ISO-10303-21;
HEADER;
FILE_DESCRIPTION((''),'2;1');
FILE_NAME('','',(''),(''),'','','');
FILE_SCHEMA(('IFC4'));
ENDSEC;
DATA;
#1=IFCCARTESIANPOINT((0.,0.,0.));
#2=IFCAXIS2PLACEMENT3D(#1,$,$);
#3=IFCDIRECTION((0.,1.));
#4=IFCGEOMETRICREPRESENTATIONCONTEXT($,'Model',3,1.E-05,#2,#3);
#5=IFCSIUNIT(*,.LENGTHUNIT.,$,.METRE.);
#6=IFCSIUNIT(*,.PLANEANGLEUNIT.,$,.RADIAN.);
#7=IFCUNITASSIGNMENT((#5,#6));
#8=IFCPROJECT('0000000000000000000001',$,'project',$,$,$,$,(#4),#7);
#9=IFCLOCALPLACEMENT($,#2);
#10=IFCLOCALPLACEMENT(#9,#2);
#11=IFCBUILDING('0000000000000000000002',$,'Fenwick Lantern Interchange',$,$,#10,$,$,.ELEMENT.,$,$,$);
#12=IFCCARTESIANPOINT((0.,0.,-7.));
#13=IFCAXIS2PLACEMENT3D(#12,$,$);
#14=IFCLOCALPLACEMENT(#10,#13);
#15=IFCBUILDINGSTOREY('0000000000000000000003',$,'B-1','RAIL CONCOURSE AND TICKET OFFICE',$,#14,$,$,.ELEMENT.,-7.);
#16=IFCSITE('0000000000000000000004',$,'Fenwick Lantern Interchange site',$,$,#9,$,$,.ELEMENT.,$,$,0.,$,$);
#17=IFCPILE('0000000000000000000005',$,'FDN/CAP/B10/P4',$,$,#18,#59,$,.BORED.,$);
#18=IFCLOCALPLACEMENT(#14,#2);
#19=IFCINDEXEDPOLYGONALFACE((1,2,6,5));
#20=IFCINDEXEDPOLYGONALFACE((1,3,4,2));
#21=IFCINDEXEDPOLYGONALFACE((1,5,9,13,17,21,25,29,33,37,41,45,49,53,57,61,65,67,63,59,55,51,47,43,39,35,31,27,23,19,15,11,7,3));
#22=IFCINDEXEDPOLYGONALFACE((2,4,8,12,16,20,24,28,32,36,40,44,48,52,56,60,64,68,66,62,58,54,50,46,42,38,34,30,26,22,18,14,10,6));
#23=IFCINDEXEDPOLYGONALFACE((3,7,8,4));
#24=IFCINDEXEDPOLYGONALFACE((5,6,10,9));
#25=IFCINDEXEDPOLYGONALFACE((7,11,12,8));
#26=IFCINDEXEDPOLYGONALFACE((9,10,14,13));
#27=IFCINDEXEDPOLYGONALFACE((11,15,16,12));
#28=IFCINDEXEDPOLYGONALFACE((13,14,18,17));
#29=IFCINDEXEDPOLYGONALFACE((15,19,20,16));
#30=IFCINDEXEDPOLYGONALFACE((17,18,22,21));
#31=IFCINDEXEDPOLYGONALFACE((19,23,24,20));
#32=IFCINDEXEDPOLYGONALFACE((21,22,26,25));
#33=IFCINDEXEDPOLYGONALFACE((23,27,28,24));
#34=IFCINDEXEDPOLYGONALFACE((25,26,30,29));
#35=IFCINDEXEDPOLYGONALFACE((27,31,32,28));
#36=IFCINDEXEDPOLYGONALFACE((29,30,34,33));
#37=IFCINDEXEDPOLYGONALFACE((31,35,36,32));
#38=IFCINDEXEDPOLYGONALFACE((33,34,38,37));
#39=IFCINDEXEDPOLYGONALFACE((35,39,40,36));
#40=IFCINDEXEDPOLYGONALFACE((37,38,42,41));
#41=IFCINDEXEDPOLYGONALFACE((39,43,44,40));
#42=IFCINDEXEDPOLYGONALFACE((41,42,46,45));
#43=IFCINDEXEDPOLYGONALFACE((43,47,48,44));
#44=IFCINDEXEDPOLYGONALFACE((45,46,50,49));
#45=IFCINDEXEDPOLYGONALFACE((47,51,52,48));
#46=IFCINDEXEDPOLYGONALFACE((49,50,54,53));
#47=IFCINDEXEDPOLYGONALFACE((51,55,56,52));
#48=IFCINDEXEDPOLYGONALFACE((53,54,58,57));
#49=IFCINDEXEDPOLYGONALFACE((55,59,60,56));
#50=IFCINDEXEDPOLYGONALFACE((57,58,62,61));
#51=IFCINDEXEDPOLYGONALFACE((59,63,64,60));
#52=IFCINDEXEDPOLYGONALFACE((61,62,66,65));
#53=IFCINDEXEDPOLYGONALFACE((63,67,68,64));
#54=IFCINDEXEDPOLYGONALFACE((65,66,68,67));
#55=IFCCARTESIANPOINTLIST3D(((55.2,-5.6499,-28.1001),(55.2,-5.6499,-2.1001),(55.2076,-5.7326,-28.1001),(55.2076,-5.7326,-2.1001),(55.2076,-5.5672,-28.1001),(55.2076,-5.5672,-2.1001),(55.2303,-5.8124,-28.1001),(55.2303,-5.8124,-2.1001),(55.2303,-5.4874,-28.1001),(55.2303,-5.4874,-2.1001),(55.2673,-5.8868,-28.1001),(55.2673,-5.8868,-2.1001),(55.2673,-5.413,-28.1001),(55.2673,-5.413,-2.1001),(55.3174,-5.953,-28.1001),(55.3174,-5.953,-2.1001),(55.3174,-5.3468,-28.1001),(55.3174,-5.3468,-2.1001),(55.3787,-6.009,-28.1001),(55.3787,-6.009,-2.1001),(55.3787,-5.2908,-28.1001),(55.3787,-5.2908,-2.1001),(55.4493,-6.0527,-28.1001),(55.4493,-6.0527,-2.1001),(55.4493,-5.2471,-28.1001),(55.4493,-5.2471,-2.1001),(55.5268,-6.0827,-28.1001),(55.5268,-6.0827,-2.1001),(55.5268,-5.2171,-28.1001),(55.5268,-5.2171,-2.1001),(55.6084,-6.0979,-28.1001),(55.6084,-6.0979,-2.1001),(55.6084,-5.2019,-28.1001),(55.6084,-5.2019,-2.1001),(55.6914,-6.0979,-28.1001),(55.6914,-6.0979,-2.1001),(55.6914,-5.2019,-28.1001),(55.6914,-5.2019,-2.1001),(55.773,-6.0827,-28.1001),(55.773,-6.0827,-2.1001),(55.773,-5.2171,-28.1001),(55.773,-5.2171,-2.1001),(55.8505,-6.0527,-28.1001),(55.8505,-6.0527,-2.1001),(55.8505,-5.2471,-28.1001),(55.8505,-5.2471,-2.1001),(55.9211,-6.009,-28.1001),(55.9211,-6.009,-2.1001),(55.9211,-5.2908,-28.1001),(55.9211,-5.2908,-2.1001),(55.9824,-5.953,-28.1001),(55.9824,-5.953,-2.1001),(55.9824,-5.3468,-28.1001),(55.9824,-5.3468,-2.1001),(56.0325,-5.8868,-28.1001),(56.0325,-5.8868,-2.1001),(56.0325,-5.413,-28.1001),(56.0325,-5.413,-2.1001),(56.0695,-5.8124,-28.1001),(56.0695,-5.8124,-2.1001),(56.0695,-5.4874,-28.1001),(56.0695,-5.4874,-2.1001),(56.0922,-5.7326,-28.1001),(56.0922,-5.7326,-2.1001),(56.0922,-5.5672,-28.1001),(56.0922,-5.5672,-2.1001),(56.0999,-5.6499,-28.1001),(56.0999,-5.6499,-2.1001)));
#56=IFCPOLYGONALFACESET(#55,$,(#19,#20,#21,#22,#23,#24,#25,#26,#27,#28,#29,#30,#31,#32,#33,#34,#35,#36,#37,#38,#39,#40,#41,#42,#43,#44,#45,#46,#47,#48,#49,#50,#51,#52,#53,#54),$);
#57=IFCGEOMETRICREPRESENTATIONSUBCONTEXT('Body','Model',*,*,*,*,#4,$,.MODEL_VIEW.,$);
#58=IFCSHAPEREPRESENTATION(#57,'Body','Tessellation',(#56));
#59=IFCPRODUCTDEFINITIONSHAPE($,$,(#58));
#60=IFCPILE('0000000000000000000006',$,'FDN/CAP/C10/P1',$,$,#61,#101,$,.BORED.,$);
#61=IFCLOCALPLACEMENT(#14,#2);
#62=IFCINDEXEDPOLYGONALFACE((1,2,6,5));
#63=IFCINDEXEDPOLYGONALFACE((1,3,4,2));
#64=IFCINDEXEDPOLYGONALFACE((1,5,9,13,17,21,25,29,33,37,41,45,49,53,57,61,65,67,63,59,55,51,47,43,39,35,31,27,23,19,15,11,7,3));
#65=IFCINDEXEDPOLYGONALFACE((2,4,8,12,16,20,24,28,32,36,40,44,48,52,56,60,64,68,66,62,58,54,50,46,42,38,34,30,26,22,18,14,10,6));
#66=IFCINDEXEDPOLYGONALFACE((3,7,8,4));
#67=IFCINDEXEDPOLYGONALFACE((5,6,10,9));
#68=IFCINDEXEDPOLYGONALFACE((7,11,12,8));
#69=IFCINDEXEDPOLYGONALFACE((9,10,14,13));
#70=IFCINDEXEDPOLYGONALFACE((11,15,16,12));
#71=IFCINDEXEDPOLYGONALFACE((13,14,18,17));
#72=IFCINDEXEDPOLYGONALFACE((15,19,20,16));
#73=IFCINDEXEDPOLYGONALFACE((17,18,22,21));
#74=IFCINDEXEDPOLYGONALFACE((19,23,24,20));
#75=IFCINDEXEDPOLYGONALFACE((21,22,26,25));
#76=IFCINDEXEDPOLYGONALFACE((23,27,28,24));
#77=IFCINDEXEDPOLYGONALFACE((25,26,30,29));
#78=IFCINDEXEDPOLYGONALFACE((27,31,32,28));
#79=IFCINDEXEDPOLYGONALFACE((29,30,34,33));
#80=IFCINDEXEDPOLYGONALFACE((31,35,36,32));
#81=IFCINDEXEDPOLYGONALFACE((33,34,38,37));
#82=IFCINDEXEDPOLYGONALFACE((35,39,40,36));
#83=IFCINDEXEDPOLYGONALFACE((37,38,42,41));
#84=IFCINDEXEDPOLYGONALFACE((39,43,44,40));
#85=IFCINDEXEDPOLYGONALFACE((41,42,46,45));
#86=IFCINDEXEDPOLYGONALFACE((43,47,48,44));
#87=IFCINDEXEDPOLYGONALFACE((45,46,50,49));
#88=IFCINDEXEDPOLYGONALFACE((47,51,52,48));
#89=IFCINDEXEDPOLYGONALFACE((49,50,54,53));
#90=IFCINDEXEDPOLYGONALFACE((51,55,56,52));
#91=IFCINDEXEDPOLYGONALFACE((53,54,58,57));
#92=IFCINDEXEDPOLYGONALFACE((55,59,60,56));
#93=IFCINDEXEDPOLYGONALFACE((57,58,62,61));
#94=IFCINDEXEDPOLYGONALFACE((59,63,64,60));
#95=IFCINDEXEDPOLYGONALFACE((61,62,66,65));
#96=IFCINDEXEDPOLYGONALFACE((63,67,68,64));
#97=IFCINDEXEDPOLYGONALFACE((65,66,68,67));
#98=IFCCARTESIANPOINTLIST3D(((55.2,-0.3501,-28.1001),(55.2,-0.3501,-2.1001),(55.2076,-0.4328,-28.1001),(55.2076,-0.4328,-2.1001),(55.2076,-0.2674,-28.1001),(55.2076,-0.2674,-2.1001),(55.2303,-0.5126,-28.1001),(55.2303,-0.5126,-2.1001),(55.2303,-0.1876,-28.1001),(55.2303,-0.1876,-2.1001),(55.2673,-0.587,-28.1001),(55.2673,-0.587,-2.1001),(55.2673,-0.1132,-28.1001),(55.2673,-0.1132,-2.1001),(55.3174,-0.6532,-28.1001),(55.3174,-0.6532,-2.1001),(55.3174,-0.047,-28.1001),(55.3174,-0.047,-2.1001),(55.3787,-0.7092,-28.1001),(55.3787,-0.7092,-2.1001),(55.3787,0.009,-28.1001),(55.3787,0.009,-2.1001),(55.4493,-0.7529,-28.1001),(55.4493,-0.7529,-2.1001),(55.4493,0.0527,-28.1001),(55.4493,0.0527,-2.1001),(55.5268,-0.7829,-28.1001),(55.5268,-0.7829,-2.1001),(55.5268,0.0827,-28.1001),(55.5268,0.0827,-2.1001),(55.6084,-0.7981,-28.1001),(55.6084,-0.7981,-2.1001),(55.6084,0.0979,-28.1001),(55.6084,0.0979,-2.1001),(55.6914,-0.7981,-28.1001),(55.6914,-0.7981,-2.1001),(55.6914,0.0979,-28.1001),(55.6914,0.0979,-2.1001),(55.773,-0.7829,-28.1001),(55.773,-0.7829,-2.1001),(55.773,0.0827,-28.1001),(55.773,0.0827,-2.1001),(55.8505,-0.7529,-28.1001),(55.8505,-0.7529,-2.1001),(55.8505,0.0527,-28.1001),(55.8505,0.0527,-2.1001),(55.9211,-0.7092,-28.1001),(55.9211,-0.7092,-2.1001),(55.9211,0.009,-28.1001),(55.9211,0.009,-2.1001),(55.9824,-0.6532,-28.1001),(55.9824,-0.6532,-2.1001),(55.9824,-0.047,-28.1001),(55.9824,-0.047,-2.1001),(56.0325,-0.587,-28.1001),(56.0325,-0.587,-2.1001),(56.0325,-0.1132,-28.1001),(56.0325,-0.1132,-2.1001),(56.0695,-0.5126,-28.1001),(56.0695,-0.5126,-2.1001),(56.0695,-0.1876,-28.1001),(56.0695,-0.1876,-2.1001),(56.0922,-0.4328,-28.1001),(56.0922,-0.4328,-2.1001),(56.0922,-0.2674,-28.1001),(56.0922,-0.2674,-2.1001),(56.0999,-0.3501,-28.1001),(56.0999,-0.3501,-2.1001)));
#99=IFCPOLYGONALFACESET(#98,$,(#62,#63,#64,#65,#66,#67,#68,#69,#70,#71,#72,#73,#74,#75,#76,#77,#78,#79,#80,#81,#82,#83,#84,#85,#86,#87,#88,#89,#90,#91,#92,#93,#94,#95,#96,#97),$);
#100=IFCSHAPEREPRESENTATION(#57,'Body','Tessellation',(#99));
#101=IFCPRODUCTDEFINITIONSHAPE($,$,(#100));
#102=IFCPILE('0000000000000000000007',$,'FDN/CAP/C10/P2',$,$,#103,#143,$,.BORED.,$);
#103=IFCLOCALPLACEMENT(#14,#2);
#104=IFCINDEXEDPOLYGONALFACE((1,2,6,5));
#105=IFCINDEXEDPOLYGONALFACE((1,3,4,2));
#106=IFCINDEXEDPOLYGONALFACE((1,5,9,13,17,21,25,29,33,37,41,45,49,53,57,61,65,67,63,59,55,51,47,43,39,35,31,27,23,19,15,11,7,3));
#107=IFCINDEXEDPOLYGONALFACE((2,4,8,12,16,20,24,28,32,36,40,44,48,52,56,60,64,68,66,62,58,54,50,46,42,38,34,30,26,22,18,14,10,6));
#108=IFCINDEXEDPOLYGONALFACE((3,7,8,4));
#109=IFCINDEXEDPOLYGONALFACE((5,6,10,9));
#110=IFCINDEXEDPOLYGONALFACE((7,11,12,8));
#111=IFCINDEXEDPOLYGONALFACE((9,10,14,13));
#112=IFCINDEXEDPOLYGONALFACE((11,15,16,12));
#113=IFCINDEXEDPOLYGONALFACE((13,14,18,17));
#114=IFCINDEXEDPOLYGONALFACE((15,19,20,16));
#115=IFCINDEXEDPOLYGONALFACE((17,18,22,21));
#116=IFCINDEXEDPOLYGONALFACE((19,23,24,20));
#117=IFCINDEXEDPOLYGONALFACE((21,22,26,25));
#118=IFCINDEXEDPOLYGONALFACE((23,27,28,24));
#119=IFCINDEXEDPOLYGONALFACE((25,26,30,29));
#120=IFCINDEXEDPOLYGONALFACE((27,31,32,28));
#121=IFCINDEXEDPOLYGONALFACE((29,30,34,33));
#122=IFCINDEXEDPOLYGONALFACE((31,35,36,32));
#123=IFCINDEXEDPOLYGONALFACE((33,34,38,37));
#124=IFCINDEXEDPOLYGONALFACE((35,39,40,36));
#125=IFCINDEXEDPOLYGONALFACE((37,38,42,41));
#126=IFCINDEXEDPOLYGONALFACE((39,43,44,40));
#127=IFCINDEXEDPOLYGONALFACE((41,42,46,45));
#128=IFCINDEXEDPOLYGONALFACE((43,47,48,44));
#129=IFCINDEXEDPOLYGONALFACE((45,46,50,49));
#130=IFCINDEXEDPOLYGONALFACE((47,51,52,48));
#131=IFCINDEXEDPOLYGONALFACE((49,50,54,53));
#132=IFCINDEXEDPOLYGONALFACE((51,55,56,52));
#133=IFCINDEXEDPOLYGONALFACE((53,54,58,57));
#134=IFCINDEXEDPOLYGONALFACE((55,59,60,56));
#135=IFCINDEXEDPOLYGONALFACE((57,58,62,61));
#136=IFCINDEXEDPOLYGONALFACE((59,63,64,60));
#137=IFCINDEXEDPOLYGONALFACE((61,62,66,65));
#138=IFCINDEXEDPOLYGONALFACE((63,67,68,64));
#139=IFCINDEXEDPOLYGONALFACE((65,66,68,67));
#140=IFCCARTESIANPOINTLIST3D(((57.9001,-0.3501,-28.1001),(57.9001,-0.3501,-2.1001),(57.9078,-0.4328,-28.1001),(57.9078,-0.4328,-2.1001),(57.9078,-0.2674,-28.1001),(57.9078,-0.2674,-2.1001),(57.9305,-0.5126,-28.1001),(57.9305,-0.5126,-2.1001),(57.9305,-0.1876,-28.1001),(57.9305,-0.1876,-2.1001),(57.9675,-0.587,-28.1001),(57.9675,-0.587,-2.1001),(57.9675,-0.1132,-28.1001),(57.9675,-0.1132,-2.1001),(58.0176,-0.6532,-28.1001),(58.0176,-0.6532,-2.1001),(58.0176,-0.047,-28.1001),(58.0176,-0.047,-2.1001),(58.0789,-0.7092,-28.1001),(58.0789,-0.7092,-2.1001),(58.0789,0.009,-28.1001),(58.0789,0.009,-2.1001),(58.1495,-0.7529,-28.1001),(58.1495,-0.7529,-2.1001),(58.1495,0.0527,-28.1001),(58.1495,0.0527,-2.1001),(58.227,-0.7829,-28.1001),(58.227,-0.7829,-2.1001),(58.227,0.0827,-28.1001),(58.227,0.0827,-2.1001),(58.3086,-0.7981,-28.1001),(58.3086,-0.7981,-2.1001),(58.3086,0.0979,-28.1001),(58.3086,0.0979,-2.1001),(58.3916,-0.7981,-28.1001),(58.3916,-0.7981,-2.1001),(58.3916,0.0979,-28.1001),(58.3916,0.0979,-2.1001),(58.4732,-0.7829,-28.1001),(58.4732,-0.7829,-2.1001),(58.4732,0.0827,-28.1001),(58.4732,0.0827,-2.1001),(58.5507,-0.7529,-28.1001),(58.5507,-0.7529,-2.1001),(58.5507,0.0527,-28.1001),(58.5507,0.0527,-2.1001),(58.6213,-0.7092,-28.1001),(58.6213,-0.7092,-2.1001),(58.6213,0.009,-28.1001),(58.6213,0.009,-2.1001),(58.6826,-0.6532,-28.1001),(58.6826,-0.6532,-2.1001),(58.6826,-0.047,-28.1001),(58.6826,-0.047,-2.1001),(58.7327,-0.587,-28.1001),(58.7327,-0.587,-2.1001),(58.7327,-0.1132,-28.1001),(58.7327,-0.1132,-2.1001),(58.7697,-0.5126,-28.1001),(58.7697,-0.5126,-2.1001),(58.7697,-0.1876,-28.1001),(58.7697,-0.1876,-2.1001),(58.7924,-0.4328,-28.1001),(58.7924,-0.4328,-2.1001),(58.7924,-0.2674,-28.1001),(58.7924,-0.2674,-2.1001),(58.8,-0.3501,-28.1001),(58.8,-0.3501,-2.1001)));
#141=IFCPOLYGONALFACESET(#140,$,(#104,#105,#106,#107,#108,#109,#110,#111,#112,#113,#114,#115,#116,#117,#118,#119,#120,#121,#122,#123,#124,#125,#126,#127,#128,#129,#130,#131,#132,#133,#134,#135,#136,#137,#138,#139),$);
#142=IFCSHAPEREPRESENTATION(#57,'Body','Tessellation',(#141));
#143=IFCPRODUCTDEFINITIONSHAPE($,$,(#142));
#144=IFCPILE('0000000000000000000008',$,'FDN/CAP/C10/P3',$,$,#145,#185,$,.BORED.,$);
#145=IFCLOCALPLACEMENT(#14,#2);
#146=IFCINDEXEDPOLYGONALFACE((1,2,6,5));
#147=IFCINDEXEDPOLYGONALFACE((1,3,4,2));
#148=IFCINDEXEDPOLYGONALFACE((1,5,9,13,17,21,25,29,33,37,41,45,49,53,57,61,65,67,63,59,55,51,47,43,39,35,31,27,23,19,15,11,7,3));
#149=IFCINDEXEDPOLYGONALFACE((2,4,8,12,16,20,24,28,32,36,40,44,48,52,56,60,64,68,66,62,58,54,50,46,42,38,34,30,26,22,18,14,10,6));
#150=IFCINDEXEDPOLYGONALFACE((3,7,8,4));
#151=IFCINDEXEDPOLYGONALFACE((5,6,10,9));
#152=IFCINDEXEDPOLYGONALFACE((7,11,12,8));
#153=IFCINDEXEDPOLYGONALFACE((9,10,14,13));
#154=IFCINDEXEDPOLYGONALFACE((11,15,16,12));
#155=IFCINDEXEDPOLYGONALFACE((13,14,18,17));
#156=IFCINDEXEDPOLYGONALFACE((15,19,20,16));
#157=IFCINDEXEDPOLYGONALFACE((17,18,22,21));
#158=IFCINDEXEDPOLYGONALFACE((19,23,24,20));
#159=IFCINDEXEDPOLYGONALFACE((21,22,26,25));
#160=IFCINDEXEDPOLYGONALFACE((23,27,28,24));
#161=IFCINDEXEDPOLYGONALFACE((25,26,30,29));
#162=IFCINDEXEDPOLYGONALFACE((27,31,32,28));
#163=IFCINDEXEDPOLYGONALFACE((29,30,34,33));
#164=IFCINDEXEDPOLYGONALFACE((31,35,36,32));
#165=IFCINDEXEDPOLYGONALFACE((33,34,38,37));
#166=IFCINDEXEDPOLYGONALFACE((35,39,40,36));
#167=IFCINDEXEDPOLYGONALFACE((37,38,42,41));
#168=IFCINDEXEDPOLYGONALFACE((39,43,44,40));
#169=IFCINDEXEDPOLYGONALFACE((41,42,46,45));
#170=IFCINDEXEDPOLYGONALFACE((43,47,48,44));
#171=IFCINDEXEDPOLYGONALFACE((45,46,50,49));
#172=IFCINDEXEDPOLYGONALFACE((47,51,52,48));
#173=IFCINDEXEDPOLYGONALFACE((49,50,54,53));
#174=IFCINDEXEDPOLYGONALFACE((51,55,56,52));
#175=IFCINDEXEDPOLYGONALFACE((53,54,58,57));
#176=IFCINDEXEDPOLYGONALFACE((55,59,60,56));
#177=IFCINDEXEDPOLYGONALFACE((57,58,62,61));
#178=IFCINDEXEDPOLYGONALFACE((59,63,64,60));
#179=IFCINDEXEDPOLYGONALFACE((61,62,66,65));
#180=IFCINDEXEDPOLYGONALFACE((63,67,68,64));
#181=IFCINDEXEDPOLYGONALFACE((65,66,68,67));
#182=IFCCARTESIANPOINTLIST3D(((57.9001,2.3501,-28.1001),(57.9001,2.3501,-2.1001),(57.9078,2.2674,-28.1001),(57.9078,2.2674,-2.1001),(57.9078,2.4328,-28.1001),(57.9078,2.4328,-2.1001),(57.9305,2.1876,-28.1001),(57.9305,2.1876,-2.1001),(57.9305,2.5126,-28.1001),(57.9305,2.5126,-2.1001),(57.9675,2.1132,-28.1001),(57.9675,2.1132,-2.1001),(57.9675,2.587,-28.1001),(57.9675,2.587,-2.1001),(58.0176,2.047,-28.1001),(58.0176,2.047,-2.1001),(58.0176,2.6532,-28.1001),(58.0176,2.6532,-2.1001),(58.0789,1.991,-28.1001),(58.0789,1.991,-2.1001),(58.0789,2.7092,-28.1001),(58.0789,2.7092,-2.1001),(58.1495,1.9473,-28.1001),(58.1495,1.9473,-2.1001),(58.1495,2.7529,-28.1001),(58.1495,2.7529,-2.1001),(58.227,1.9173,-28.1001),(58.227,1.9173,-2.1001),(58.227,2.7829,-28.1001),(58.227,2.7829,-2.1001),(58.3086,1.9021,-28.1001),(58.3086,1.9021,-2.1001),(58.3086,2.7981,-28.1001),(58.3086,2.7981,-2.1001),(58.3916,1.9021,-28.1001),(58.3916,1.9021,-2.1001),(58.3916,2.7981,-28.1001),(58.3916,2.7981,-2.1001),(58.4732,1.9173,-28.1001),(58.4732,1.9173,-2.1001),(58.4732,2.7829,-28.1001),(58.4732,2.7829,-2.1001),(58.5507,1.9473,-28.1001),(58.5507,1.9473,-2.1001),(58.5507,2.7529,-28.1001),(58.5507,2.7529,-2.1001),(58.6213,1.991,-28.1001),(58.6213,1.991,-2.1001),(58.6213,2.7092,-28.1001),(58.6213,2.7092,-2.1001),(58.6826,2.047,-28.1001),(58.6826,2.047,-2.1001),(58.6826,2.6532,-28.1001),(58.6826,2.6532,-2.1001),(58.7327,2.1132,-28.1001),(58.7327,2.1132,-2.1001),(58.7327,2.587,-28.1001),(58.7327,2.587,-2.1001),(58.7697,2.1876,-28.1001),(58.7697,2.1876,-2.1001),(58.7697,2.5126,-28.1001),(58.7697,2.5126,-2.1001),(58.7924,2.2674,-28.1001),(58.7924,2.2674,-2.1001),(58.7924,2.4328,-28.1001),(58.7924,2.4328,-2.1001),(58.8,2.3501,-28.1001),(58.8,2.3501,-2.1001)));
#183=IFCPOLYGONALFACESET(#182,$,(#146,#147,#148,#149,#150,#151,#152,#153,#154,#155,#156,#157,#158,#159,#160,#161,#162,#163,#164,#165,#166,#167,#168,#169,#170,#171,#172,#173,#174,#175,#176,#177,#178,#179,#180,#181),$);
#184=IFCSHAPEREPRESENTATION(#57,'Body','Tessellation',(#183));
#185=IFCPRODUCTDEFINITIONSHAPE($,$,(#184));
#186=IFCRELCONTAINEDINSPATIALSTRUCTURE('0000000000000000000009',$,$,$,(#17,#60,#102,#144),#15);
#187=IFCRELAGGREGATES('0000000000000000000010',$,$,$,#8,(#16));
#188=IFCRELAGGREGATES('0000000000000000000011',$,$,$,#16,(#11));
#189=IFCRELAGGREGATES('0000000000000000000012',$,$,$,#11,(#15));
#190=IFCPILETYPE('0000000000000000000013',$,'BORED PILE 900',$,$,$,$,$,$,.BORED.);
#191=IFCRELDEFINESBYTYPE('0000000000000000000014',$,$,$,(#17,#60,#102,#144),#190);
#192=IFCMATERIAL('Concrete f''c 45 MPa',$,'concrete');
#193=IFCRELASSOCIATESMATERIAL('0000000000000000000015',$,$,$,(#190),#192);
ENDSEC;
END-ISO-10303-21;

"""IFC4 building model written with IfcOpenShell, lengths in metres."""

from ifc_helpers import new_model, si_unit, direction, frame, origin, origin_2d, place, context, subcontext, project, spatial, circle, extrude, material, type_object, element, save


model = new_model("IFC4")

# Units and contexts
model_context = context("Model", 3, precision=1e-05, world=origin(), true_north=direction((0.0, 1.0)))
body_context = subcontext(model_context, "Body", "Model", "MODEL_VIEW")
ifc_project = project(units=[si_unit("LENGTHUNIT", "METRE"), si_unit("PLANEANGLEUNIT", "RADIAN")], contexts=[model_context])

# Site, building, storey
site_placement = place(None, origin())
site = spatial("IfcSite", under=ifc_project, at=site_placement, Name="Fenwick Lantern Interchange site", CompositionType="ELEMENT", RefElevation=0.0)
building_placement = place(site_placement, origin())
building = spatial("IfcBuilding", under=site, at=building_placement, Name="Fenwick Lantern Interchange", CompositionType="ELEMENT")
storey_placement = place(building_placement, frame((0.0, 0.0, -7.0)))
storey = spatial("IfcBuildingStorey", under=building, at=storey_placement, Name="B-1", Description="RAIL CONCOURSE AND TICKET OFFICE", CompositionType="ELEMENT", Elevation=-7.0)

# Piles
ifc_material_1 = material(Name="Concrete f'c 45 MPa", Category="concrete")
pile_type_1 = type_object("IfcPileType", Name="BORED PILE 900", PredefinedType="BORED", material=ifc_material_1)
for number, where, z_axis, x_axis, name in (
    (1, (55.6499, -5.6499, -2.1001), (0.0, 0.0, -1.0), (1.0, 0.0, 0.0), "FDN/CAP/B10/P4"),
    (2, (55.6499, -0.3501, -2.1001), (0.0, 0.0, -1.0), (1.0, 0.0, 0.0), "FDN/CAP/C10/P1"),
    (3, (58.3501, -0.3501, -2.1001), (0.0, 0.0, -1.0), (1.0, 0.0, 0.0), "FDN/CAP/C10/P2"),
    (4, (58.3501, 2.3501, -2.1001), (0.0, 0.0, -1.0), (1.0, 0.0, 0.0), "FDN/CAP/C10/P3"),
):
    element("IfcPile", number, at=place(storey_placement, frame(where, z_axis=z_axis, x_axis=x_axis)), inside=storey, type_object=pile_type_1, Name=name, PredefinedType="BORED", context=body_context, shape_type="SweptSolid", body=[
        extrude(circle(Radius=0.45, at=origin_2d()), origin(), (0.0, 0.0, 1.0), 26.0),
    ])

save(model, "model.ifc")
